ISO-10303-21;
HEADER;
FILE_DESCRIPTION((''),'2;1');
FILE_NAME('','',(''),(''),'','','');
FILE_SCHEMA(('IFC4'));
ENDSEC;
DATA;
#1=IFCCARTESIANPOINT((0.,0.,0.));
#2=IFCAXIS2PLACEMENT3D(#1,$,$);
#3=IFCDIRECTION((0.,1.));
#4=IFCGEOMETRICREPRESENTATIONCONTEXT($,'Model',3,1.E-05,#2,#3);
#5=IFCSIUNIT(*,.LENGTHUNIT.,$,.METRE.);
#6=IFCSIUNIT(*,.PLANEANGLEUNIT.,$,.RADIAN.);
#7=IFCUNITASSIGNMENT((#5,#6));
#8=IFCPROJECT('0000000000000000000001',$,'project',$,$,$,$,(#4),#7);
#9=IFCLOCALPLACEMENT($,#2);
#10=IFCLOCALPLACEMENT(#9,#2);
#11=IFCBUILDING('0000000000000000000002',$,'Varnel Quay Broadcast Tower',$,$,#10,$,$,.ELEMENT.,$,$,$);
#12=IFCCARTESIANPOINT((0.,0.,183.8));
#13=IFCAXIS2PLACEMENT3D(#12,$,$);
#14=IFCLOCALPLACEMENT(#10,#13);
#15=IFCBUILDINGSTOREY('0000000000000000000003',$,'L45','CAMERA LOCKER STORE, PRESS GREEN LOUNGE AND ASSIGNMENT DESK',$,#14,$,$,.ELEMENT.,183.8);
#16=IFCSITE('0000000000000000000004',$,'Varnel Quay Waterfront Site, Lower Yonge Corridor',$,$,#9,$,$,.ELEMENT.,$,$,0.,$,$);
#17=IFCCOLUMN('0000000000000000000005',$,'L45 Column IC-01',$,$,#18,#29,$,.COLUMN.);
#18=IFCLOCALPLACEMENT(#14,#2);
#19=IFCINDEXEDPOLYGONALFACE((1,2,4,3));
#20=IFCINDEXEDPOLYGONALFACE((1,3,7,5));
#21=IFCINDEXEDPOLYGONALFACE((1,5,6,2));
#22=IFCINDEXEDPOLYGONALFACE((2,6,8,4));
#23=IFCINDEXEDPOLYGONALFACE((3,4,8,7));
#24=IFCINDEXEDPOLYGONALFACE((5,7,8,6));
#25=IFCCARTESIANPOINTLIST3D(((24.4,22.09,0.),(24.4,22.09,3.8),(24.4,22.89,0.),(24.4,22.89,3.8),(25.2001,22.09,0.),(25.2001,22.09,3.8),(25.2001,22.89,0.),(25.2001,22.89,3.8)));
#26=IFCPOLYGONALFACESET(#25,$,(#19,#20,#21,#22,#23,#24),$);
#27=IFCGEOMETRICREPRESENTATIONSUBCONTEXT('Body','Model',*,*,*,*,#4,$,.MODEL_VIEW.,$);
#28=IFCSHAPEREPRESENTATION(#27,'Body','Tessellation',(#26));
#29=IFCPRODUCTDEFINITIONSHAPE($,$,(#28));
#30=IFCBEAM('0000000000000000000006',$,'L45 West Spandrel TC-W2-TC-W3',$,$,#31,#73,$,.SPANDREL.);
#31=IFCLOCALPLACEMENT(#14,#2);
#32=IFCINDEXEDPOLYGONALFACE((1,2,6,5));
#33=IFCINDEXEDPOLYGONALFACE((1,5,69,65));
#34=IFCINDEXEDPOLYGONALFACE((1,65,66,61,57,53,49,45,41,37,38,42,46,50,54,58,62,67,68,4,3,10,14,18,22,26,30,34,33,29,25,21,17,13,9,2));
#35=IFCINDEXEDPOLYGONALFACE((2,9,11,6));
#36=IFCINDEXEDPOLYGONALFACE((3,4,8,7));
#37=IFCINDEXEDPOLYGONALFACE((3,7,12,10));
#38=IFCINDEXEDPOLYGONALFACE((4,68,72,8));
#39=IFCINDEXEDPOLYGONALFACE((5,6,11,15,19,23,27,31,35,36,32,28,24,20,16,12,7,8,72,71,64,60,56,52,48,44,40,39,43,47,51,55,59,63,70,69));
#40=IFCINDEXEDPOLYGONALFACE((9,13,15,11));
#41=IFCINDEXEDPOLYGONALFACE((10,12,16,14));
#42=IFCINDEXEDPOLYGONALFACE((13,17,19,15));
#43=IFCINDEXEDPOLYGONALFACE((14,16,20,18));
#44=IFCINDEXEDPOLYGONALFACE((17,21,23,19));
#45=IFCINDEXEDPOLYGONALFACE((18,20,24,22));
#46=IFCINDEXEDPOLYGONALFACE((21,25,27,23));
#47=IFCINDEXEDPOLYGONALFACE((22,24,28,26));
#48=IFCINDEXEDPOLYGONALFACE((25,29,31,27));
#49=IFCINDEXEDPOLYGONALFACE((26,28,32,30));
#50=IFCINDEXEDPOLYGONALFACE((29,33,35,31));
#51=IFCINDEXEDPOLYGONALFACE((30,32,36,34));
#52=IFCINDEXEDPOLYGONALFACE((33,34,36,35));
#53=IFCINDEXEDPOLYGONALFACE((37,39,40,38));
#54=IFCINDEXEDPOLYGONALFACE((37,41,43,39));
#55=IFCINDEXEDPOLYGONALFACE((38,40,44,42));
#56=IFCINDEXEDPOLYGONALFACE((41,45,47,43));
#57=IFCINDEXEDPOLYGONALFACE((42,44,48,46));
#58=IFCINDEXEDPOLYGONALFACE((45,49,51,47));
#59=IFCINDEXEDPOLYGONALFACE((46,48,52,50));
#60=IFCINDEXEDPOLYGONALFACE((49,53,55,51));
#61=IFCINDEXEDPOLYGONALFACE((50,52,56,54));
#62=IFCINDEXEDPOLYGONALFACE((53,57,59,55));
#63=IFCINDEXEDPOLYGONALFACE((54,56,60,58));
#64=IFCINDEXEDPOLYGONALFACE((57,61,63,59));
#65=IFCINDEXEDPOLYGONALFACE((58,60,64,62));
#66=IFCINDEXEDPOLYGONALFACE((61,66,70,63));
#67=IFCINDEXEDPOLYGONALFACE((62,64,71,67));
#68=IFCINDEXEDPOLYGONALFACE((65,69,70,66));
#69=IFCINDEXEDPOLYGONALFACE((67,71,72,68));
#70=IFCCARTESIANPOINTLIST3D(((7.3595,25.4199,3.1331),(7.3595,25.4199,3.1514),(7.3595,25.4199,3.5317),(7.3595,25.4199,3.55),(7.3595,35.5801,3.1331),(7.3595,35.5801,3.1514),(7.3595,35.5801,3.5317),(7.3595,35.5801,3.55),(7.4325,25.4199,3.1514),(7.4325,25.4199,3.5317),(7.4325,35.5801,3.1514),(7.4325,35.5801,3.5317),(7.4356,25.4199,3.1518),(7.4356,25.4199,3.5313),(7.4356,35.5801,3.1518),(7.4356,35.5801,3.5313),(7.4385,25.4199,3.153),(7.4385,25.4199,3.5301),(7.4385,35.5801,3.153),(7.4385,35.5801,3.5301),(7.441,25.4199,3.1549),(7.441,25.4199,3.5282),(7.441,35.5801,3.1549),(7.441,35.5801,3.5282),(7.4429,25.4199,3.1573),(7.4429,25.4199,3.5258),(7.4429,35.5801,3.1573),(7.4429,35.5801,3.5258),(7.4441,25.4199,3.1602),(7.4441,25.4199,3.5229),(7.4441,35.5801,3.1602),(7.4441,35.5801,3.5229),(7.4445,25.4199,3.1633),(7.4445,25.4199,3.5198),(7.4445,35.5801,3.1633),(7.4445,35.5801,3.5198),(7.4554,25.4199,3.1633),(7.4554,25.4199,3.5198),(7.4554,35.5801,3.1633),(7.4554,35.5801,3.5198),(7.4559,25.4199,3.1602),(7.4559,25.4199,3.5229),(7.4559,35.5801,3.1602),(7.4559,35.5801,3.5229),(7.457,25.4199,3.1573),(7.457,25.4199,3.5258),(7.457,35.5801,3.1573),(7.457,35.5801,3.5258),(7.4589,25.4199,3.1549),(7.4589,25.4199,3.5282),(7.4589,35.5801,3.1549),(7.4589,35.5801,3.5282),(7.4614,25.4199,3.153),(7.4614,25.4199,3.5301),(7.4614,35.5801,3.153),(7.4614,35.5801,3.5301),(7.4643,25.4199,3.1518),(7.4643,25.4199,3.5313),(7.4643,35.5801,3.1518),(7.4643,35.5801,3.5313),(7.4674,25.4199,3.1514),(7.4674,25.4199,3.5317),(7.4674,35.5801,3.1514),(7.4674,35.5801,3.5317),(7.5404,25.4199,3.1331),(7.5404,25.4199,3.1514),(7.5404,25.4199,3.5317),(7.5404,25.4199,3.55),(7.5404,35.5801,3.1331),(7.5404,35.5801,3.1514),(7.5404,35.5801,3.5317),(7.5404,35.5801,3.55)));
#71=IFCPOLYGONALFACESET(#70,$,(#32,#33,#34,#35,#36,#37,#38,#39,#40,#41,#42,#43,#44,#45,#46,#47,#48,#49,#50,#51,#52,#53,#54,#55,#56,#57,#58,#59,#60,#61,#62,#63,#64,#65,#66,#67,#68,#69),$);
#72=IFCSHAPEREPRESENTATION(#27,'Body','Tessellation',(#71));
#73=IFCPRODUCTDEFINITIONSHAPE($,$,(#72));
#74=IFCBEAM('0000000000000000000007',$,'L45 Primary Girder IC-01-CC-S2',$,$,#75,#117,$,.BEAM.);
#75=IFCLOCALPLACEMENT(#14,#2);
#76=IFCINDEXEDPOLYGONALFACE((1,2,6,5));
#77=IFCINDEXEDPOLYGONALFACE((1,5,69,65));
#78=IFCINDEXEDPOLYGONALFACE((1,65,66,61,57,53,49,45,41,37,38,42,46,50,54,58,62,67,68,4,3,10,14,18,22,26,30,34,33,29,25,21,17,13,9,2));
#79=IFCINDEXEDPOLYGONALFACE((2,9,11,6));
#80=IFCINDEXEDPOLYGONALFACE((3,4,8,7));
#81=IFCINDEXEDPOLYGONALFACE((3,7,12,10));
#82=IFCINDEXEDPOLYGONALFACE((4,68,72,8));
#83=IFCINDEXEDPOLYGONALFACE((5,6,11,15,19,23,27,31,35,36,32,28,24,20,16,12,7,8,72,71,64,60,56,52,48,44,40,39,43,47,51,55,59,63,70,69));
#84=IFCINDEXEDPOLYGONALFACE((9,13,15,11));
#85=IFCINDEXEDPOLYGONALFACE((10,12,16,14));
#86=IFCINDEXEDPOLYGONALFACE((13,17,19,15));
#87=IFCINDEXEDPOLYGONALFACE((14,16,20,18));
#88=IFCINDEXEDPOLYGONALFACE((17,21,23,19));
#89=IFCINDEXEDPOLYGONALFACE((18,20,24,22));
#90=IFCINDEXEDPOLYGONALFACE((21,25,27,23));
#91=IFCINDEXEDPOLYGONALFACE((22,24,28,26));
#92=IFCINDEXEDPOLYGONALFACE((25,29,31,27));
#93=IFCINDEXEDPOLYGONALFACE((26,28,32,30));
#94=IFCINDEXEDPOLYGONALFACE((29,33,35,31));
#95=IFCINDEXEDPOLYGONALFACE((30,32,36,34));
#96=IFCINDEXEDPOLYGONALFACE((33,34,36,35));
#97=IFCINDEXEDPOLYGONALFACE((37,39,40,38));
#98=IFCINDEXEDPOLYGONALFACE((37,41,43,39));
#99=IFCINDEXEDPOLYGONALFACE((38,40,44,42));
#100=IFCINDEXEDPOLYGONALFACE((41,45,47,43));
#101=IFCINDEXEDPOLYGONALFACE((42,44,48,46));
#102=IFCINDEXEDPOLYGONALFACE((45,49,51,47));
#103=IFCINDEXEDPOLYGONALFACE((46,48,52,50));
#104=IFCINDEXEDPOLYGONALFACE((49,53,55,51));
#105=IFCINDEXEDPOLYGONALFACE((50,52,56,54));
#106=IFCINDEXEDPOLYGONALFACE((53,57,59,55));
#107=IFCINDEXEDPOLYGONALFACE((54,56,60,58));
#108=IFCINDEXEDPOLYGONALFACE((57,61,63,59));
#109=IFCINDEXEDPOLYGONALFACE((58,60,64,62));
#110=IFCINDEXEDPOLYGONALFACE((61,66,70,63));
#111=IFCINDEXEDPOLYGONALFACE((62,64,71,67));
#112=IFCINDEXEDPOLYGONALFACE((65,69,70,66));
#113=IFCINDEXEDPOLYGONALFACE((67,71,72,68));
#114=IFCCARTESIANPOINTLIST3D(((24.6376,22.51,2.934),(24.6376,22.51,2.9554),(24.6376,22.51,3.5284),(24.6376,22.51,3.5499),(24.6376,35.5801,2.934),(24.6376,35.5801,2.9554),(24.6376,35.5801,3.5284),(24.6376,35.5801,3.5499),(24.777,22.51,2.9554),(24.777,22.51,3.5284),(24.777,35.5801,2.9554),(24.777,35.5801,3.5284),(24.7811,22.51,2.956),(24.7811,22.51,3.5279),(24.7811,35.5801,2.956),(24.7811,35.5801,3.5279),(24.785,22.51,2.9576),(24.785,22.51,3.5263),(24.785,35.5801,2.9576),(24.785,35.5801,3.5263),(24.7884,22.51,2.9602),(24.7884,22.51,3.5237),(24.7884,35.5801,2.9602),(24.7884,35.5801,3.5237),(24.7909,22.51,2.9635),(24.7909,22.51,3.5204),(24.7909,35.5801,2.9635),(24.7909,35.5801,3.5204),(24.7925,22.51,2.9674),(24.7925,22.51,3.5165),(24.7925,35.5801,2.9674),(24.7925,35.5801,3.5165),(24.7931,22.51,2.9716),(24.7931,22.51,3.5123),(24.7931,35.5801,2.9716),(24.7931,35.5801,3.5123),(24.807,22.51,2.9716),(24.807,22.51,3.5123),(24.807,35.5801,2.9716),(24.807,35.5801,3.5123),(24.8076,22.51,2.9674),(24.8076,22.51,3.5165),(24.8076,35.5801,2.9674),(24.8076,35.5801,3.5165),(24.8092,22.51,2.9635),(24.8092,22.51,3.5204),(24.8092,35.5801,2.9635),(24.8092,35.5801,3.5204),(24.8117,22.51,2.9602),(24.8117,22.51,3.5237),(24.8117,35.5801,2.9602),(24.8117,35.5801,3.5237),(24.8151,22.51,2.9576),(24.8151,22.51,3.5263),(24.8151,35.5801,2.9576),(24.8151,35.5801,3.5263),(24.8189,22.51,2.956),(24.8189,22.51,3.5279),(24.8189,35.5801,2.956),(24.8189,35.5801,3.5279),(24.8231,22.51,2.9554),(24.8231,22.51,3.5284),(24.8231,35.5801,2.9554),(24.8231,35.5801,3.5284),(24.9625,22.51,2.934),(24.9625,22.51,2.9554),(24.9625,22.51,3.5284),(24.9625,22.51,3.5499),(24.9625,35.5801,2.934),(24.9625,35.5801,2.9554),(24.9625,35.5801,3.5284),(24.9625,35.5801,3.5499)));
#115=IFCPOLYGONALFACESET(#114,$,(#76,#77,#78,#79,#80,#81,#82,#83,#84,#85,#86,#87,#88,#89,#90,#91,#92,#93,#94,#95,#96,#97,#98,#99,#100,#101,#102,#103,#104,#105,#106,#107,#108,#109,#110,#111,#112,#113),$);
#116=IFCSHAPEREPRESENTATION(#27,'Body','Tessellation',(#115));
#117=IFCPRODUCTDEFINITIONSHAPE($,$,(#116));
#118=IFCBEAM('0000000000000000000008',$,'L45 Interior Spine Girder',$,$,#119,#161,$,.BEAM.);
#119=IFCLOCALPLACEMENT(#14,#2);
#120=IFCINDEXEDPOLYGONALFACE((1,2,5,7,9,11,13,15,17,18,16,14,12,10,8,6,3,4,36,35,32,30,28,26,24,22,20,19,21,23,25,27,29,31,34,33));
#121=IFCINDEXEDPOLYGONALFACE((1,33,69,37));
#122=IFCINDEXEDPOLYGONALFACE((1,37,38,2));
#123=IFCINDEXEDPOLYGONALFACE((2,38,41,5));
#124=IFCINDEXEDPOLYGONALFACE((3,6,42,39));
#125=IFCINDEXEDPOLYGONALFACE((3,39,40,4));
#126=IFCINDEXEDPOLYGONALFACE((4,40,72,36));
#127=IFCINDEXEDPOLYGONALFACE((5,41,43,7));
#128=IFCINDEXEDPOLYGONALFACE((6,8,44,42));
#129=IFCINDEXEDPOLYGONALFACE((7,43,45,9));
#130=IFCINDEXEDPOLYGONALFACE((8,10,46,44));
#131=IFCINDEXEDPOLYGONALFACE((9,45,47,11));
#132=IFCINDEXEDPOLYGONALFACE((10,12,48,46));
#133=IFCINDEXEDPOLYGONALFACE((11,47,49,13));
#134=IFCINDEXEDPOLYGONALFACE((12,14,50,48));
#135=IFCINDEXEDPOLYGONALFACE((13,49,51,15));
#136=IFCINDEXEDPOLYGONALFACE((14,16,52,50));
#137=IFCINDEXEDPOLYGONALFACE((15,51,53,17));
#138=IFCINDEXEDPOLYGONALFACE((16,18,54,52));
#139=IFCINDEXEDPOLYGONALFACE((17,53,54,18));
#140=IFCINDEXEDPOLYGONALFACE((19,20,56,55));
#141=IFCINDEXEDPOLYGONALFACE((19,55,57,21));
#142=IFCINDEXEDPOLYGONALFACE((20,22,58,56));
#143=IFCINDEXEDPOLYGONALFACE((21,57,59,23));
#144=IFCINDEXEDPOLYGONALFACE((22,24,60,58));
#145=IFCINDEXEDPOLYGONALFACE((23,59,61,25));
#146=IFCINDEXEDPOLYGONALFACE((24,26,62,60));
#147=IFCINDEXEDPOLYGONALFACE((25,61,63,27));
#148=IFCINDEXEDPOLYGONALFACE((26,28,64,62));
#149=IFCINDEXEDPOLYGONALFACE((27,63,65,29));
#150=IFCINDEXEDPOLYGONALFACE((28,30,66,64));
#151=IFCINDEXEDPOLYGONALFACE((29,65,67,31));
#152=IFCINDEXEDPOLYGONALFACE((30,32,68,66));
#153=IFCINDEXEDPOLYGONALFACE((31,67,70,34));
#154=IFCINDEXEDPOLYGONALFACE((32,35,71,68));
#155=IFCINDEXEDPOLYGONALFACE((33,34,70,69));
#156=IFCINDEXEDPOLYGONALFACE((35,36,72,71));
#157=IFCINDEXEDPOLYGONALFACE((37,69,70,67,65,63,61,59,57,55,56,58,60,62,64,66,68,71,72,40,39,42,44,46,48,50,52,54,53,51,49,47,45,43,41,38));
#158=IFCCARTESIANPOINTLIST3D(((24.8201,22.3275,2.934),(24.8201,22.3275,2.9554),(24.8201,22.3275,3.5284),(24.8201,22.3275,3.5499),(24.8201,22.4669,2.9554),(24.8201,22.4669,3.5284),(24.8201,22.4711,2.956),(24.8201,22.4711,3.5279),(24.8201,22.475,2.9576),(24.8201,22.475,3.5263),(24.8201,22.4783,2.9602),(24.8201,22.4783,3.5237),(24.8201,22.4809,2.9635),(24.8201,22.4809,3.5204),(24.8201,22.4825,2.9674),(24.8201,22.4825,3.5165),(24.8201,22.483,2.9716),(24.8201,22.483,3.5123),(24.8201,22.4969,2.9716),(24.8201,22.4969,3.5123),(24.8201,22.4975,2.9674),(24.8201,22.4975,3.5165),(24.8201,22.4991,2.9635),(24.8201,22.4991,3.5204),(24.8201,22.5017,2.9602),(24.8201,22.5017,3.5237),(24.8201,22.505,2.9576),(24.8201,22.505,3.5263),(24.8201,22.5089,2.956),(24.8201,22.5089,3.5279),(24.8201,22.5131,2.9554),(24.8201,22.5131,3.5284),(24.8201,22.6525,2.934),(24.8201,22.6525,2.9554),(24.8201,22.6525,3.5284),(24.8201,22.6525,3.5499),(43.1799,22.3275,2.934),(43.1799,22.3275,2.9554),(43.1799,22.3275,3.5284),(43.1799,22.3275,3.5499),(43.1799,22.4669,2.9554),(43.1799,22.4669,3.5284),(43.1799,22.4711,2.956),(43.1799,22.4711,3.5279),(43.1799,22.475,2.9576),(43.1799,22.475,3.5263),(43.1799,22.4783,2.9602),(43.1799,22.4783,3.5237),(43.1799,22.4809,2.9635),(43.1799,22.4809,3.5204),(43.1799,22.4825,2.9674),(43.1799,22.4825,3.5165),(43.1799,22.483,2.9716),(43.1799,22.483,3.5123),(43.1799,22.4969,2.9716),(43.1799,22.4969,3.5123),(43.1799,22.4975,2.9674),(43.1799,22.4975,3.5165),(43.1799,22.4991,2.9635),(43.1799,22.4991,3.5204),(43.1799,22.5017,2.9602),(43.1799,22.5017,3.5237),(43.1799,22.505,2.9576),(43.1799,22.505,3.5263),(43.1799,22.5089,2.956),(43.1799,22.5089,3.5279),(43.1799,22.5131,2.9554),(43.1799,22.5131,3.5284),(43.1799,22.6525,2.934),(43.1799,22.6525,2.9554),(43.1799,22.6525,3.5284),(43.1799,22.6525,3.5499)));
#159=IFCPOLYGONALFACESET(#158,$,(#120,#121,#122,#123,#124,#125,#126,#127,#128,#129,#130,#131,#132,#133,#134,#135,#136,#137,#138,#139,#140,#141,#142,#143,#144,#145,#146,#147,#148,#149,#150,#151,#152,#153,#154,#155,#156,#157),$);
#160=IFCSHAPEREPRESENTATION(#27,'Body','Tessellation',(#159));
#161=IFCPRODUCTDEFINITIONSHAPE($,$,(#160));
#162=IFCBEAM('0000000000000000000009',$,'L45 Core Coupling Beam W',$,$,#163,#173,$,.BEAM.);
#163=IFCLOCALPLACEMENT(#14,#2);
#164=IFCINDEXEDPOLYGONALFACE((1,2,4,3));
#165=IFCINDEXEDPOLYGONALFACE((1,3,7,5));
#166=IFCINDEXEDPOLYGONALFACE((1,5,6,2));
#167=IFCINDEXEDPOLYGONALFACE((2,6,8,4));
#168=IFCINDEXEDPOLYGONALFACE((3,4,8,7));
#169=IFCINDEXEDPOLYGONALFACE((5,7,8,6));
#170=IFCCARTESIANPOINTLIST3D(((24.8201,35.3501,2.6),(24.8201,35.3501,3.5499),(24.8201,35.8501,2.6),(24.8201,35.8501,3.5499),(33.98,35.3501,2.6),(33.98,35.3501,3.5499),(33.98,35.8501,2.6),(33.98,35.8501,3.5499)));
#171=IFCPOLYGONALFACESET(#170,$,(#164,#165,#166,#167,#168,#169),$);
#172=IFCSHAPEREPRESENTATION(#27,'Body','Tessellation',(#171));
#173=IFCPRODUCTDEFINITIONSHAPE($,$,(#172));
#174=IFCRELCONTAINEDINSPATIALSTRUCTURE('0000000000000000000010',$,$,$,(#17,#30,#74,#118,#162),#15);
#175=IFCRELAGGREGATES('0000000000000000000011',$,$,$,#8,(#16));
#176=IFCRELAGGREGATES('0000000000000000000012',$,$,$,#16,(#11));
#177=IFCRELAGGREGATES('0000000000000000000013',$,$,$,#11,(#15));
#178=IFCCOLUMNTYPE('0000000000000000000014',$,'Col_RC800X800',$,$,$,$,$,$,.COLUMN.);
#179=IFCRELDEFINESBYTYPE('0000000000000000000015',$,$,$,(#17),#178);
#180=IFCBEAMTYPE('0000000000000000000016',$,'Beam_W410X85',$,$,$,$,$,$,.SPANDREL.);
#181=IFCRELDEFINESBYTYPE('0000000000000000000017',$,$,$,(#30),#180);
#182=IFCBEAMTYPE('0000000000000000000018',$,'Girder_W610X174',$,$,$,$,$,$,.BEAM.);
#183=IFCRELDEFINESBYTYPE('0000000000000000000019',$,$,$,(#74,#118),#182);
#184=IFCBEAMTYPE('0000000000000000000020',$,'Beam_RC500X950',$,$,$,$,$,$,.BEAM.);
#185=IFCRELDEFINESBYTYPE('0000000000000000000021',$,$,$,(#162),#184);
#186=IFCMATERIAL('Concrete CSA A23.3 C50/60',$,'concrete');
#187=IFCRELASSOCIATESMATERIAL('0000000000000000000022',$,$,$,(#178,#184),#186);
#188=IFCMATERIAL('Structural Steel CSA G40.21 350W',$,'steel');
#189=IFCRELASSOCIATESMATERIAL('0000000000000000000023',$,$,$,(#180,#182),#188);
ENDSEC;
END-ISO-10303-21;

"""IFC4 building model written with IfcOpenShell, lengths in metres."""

from ifc_helpers import new_model, si_unit, direction, frame, origin, origin_2d, place, context, subcontext, project, spatial, rectangle, i_section, extrude, source, transform, mapped, material, material_profile, profile_set, type_object, type_shapes, element, save


model = new_model("IFC4")

# Units and contexts
model_context = context("Model", 3, precision=1e-05, world=origin(), true_north=direction((0.0, 1.0)))
body_context = subcontext(model_context, "Body", "Model", "MODEL_VIEW")
ifc_project = project(units=[si_unit("LENGTHUNIT", "METRE"), si_unit("PLANEANGLEUNIT", "RADIAN")], contexts=[model_context])

# Site, building, storey
site_placement = place(None, origin())
site = spatial("IfcSite", under=ifc_project, at=site_placement, Name="Varnel Quay Waterfront Site, Lower Yonge Corridor", CompositionType="ELEMENT", RefElevation=0.0)
building_placement = place(site_placement, origin())
building = spatial("IfcBuilding", under=site, at=building_placement, Name="Varnel Quay Broadcast Tower", CompositionType="ELEMENT")
storey_placement = place(building_placement, frame((0.0, 0.0, 183.8)))
storey = spatial("IfcBuildingStorey", under=building, at=storey_placement, Name="L45", Description="CAMERA LOCKER STORE, PRESS GREEN LOUNGE AND ASSIGNMENT DESK", CompositionType="ELEMENT", Elevation=183.8)

# Column
ifc_material_1 = material(Name="Structural Steel CSA G40.21 350W", Category="steel")
ifc_material_2 = material(Name="Concrete CSA A23.3 C50/60", Category="concrete")
ifc_material_profile_1 = material_profile(ifc_material_2, rectangle(XDim=0.8, YDim=0.8, at=origin_2d()), Name="RC800X800")
ifc_profile_set_1 = profile_set([ifc_material_profile_1], Name="Concrete CSA A23.3 C50/60")
column_type_1 = type_object("IfcColumnType", Name="Col_RC800X800", PredefinedType="COLUMN", material=ifc_profile_set_1)
shared_shape_1 = source(origin(), body_context, "Body", "SweptSolid", [
    extrude(rectangle(XDim=0.8, YDim=0.8, at=origin_2d()), origin(), (0.0, 0.0, 1.0), 3.8),
])
type_shapes(column_type_1, [shared_shape_1])
column_placement = place(storey_placement, frame((24.8, 22.49, 0.0), z_axis=(0.0, 0.0, 1.0), x_axis=(1.0, 0.0, 0.0)))
element("IfcColumn", 1, at=column_placement, inside=storey, type_object=column_type_1, Name="L45 Column IC-01", PredefinedType="COLUMN", context=body_context, shape_type="MappedRepresentation", body=[
    mapped(shared_shape_1, transform((0.0, 0.0, 0.0), x_axis=(1.0, 0.0, 0.0), y_axis=(0.0, 1.0, 0.0), z_axis=(0.0, 0.0, 1.0), scale=1.0)),
])

# Beams
ifc_material_profile_2 = material_profile(ifc_material_1, i_section(OverallWidth=0.1809, OverallDepth=0.417, WebThickness=0.011, FlangeThickness=0.0183, FilletRadius=0.012, at=origin_2d()), Name="W410X85")
ifc_profile_set_2 = profile_set([ifc_material_profile_2], Name="Structural Steel CSA G40.21 350W")
beam_type_1 = type_object("IfcBeamType", Name="Beam_W410X85", PredefinedType="SPANDREL", material=ifc_profile_set_2)
shared_shape_2 = source(origin(), body_context, "Body", "SweptSolid", [
    extrude(i_section(OverallWidth=0.1809, OverallDepth=0.417, WebThickness=0.011, FlangeThickness=0.0183, FilletRadius=0.012, at=origin_2d()), origin(), (0.0, 0.0, 1.0), 10.1602),
])
type_shapes(beam_type_1, [shared_shape_2])
beam_1_placement = place(storey_placement, frame((7.45, 25.4199, 3.3416), z_axis=(0.0, 1.0, 0.0), x_axis=(-1.0, 0.0, 0.0)))
element("IfcBeam", 2, at=beam_1_placement, inside=storey, type_object=beam_type_1, Name="L45 West Spandrel TC-W2-TC-W3", PredefinedType="SPANDREL", context=body_context, shape_type="MappedRepresentation", body=[
    mapped(shared_shape_2, transform((0.0, 0.0, 0.0), x_axis=(1.0, 0.0, 0.0), y_axis=(0.0, 1.0, 0.0), z_axis=(0.0, 0.0, 1.0), scale=1.0)),
])
ifc_material_profile_3 = material_profile(ifc_material_1, i_section(OverallWidth=0.325, OverallDepth=0.616, WebThickness=0.0139, FlangeThickness=0.0215, FilletRadius=0.0161, at=origin_2d()), Name="W610X174")
ifc_profile_set_3 = profile_set([ifc_material_profile_3], Name="Structural Steel CSA G40.21 350W")
beam_type_2 = type_object("IfcBeamType", Name="Girder_W610X174", PredefinedType="BEAM", material=ifc_profile_set_3)
shared_shape_3 = source(origin(), body_context, "Body", "SweptSolid", [
    extrude(i_section(OverallWidth=0.325, OverallDepth=0.616, WebThickness=0.0139, FlangeThickness=0.0215, FilletRadius=0.0161, at=origin_2d()), origin(), (0.0, 0.0, 1.0), 13.0701),
])
beam_2_placement = place(storey_placement, frame((24.8, 22.51, 3.2419), z_axis=(0.0, 1.0, 0.0), x_axis=(-1.0, 0.0, 0.0)))
element("IfcBeam", 3, at=beam_2_placement, inside=storey, type_object=beam_type_2, Name="L45 Primary Girder IC-01-CC-S2", PredefinedType="BEAM", context=body_context, shape_type="MappedRepresentation", body=[
    mapped(shared_shape_3, transform((0.0, 0.0, 0.0), x_axis=(1.0, 0.0, 0.0), y_axis=(0.0, 1.0, 0.0), z_axis=(0.0, 0.0, 1.0), scale=1.0)),
])
shared_shape_4 = source(origin(), body_context, "Body", "SweptSolid", [
    extrude(i_section(OverallWidth=0.325, OverallDepth=0.616, WebThickness=0.0139, FlangeThickness=0.0215, FilletRadius=0.0161, at=origin_2d()), origin(), (0.0, 0.0, 1.0), 18.3599),
])
type_shapes(beam_type_2, [shared_shape_3, shared_shape_4])
beam_3_placement = place(storey_placement, frame((24.8201, 22.49, 3.2419), z_axis=(1.0, 0.0, 0.0), x_axis=(0.0, 1.0, 0.0)))
element("IfcBeam", 4, at=beam_3_placement, inside=storey, type_object=beam_type_2, Name="L45 Interior Spine Girder", PredefinedType="BEAM", context=body_context, shape_type="MappedRepresentation", body=[
    mapped(shared_shape_4, transform((0.0, 0.0, 0.0), x_axis=(1.0, 0.0, 0.0), y_axis=(0.0, 1.0, 0.0), z_axis=(0.0, 0.0, 1.0), scale=1.0)),
])
ifc_material_profile_4 = material_profile(ifc_material_2, rectangle(XDim=0.5, YDim=0.95, at=origin_2d()), Name="RC500X950")
ifc_profile_set_4 = profile_set([ifc_material_profile_4], Name="Concrete CSA A23.3 C50/60")
beam_type_3 = type_object("IfcBeamType", Name="Beam_RC500X950", PredefinedType="BEAM", material=ifc_profile_set_4)
shared_shape_5 = source(origin(), body_context, "Body", "SweptSolid", [
    extrude(rectangle(XDim=0.5, YDim=0.95, at=origin_2d()), origin(), (0.0, 0.0, 1.0), 9.1599),
])
type_shapes(beam_type_3, [shared_shape_5])
beam_4_placement = place(storey_placement, frame((24.8201, 35.6001, 3.075), z_axis=(1.0, 0.0, 0.0), x_axis=(0.0, 1.0, 0.0)))
element("IfcBeam", 5, at=beam_4_placement, inside=storey, type_object=beam_type_3, Name="L45 Core Coupling Beam W", PredefinedType="BEAM", context=body_context, shape_type="MappedRepresentation", body=[
    mapped(shared_shape_5, transform((0.0, 0.0, 0.0), x_axis=(1.0, 0.0, 0.0), y_axis=(0.0, 1.0, 0.0), z_axis=(0.0, 0.0, 1.0), scale=1.0)),
])

save(model, "model.ifc")
